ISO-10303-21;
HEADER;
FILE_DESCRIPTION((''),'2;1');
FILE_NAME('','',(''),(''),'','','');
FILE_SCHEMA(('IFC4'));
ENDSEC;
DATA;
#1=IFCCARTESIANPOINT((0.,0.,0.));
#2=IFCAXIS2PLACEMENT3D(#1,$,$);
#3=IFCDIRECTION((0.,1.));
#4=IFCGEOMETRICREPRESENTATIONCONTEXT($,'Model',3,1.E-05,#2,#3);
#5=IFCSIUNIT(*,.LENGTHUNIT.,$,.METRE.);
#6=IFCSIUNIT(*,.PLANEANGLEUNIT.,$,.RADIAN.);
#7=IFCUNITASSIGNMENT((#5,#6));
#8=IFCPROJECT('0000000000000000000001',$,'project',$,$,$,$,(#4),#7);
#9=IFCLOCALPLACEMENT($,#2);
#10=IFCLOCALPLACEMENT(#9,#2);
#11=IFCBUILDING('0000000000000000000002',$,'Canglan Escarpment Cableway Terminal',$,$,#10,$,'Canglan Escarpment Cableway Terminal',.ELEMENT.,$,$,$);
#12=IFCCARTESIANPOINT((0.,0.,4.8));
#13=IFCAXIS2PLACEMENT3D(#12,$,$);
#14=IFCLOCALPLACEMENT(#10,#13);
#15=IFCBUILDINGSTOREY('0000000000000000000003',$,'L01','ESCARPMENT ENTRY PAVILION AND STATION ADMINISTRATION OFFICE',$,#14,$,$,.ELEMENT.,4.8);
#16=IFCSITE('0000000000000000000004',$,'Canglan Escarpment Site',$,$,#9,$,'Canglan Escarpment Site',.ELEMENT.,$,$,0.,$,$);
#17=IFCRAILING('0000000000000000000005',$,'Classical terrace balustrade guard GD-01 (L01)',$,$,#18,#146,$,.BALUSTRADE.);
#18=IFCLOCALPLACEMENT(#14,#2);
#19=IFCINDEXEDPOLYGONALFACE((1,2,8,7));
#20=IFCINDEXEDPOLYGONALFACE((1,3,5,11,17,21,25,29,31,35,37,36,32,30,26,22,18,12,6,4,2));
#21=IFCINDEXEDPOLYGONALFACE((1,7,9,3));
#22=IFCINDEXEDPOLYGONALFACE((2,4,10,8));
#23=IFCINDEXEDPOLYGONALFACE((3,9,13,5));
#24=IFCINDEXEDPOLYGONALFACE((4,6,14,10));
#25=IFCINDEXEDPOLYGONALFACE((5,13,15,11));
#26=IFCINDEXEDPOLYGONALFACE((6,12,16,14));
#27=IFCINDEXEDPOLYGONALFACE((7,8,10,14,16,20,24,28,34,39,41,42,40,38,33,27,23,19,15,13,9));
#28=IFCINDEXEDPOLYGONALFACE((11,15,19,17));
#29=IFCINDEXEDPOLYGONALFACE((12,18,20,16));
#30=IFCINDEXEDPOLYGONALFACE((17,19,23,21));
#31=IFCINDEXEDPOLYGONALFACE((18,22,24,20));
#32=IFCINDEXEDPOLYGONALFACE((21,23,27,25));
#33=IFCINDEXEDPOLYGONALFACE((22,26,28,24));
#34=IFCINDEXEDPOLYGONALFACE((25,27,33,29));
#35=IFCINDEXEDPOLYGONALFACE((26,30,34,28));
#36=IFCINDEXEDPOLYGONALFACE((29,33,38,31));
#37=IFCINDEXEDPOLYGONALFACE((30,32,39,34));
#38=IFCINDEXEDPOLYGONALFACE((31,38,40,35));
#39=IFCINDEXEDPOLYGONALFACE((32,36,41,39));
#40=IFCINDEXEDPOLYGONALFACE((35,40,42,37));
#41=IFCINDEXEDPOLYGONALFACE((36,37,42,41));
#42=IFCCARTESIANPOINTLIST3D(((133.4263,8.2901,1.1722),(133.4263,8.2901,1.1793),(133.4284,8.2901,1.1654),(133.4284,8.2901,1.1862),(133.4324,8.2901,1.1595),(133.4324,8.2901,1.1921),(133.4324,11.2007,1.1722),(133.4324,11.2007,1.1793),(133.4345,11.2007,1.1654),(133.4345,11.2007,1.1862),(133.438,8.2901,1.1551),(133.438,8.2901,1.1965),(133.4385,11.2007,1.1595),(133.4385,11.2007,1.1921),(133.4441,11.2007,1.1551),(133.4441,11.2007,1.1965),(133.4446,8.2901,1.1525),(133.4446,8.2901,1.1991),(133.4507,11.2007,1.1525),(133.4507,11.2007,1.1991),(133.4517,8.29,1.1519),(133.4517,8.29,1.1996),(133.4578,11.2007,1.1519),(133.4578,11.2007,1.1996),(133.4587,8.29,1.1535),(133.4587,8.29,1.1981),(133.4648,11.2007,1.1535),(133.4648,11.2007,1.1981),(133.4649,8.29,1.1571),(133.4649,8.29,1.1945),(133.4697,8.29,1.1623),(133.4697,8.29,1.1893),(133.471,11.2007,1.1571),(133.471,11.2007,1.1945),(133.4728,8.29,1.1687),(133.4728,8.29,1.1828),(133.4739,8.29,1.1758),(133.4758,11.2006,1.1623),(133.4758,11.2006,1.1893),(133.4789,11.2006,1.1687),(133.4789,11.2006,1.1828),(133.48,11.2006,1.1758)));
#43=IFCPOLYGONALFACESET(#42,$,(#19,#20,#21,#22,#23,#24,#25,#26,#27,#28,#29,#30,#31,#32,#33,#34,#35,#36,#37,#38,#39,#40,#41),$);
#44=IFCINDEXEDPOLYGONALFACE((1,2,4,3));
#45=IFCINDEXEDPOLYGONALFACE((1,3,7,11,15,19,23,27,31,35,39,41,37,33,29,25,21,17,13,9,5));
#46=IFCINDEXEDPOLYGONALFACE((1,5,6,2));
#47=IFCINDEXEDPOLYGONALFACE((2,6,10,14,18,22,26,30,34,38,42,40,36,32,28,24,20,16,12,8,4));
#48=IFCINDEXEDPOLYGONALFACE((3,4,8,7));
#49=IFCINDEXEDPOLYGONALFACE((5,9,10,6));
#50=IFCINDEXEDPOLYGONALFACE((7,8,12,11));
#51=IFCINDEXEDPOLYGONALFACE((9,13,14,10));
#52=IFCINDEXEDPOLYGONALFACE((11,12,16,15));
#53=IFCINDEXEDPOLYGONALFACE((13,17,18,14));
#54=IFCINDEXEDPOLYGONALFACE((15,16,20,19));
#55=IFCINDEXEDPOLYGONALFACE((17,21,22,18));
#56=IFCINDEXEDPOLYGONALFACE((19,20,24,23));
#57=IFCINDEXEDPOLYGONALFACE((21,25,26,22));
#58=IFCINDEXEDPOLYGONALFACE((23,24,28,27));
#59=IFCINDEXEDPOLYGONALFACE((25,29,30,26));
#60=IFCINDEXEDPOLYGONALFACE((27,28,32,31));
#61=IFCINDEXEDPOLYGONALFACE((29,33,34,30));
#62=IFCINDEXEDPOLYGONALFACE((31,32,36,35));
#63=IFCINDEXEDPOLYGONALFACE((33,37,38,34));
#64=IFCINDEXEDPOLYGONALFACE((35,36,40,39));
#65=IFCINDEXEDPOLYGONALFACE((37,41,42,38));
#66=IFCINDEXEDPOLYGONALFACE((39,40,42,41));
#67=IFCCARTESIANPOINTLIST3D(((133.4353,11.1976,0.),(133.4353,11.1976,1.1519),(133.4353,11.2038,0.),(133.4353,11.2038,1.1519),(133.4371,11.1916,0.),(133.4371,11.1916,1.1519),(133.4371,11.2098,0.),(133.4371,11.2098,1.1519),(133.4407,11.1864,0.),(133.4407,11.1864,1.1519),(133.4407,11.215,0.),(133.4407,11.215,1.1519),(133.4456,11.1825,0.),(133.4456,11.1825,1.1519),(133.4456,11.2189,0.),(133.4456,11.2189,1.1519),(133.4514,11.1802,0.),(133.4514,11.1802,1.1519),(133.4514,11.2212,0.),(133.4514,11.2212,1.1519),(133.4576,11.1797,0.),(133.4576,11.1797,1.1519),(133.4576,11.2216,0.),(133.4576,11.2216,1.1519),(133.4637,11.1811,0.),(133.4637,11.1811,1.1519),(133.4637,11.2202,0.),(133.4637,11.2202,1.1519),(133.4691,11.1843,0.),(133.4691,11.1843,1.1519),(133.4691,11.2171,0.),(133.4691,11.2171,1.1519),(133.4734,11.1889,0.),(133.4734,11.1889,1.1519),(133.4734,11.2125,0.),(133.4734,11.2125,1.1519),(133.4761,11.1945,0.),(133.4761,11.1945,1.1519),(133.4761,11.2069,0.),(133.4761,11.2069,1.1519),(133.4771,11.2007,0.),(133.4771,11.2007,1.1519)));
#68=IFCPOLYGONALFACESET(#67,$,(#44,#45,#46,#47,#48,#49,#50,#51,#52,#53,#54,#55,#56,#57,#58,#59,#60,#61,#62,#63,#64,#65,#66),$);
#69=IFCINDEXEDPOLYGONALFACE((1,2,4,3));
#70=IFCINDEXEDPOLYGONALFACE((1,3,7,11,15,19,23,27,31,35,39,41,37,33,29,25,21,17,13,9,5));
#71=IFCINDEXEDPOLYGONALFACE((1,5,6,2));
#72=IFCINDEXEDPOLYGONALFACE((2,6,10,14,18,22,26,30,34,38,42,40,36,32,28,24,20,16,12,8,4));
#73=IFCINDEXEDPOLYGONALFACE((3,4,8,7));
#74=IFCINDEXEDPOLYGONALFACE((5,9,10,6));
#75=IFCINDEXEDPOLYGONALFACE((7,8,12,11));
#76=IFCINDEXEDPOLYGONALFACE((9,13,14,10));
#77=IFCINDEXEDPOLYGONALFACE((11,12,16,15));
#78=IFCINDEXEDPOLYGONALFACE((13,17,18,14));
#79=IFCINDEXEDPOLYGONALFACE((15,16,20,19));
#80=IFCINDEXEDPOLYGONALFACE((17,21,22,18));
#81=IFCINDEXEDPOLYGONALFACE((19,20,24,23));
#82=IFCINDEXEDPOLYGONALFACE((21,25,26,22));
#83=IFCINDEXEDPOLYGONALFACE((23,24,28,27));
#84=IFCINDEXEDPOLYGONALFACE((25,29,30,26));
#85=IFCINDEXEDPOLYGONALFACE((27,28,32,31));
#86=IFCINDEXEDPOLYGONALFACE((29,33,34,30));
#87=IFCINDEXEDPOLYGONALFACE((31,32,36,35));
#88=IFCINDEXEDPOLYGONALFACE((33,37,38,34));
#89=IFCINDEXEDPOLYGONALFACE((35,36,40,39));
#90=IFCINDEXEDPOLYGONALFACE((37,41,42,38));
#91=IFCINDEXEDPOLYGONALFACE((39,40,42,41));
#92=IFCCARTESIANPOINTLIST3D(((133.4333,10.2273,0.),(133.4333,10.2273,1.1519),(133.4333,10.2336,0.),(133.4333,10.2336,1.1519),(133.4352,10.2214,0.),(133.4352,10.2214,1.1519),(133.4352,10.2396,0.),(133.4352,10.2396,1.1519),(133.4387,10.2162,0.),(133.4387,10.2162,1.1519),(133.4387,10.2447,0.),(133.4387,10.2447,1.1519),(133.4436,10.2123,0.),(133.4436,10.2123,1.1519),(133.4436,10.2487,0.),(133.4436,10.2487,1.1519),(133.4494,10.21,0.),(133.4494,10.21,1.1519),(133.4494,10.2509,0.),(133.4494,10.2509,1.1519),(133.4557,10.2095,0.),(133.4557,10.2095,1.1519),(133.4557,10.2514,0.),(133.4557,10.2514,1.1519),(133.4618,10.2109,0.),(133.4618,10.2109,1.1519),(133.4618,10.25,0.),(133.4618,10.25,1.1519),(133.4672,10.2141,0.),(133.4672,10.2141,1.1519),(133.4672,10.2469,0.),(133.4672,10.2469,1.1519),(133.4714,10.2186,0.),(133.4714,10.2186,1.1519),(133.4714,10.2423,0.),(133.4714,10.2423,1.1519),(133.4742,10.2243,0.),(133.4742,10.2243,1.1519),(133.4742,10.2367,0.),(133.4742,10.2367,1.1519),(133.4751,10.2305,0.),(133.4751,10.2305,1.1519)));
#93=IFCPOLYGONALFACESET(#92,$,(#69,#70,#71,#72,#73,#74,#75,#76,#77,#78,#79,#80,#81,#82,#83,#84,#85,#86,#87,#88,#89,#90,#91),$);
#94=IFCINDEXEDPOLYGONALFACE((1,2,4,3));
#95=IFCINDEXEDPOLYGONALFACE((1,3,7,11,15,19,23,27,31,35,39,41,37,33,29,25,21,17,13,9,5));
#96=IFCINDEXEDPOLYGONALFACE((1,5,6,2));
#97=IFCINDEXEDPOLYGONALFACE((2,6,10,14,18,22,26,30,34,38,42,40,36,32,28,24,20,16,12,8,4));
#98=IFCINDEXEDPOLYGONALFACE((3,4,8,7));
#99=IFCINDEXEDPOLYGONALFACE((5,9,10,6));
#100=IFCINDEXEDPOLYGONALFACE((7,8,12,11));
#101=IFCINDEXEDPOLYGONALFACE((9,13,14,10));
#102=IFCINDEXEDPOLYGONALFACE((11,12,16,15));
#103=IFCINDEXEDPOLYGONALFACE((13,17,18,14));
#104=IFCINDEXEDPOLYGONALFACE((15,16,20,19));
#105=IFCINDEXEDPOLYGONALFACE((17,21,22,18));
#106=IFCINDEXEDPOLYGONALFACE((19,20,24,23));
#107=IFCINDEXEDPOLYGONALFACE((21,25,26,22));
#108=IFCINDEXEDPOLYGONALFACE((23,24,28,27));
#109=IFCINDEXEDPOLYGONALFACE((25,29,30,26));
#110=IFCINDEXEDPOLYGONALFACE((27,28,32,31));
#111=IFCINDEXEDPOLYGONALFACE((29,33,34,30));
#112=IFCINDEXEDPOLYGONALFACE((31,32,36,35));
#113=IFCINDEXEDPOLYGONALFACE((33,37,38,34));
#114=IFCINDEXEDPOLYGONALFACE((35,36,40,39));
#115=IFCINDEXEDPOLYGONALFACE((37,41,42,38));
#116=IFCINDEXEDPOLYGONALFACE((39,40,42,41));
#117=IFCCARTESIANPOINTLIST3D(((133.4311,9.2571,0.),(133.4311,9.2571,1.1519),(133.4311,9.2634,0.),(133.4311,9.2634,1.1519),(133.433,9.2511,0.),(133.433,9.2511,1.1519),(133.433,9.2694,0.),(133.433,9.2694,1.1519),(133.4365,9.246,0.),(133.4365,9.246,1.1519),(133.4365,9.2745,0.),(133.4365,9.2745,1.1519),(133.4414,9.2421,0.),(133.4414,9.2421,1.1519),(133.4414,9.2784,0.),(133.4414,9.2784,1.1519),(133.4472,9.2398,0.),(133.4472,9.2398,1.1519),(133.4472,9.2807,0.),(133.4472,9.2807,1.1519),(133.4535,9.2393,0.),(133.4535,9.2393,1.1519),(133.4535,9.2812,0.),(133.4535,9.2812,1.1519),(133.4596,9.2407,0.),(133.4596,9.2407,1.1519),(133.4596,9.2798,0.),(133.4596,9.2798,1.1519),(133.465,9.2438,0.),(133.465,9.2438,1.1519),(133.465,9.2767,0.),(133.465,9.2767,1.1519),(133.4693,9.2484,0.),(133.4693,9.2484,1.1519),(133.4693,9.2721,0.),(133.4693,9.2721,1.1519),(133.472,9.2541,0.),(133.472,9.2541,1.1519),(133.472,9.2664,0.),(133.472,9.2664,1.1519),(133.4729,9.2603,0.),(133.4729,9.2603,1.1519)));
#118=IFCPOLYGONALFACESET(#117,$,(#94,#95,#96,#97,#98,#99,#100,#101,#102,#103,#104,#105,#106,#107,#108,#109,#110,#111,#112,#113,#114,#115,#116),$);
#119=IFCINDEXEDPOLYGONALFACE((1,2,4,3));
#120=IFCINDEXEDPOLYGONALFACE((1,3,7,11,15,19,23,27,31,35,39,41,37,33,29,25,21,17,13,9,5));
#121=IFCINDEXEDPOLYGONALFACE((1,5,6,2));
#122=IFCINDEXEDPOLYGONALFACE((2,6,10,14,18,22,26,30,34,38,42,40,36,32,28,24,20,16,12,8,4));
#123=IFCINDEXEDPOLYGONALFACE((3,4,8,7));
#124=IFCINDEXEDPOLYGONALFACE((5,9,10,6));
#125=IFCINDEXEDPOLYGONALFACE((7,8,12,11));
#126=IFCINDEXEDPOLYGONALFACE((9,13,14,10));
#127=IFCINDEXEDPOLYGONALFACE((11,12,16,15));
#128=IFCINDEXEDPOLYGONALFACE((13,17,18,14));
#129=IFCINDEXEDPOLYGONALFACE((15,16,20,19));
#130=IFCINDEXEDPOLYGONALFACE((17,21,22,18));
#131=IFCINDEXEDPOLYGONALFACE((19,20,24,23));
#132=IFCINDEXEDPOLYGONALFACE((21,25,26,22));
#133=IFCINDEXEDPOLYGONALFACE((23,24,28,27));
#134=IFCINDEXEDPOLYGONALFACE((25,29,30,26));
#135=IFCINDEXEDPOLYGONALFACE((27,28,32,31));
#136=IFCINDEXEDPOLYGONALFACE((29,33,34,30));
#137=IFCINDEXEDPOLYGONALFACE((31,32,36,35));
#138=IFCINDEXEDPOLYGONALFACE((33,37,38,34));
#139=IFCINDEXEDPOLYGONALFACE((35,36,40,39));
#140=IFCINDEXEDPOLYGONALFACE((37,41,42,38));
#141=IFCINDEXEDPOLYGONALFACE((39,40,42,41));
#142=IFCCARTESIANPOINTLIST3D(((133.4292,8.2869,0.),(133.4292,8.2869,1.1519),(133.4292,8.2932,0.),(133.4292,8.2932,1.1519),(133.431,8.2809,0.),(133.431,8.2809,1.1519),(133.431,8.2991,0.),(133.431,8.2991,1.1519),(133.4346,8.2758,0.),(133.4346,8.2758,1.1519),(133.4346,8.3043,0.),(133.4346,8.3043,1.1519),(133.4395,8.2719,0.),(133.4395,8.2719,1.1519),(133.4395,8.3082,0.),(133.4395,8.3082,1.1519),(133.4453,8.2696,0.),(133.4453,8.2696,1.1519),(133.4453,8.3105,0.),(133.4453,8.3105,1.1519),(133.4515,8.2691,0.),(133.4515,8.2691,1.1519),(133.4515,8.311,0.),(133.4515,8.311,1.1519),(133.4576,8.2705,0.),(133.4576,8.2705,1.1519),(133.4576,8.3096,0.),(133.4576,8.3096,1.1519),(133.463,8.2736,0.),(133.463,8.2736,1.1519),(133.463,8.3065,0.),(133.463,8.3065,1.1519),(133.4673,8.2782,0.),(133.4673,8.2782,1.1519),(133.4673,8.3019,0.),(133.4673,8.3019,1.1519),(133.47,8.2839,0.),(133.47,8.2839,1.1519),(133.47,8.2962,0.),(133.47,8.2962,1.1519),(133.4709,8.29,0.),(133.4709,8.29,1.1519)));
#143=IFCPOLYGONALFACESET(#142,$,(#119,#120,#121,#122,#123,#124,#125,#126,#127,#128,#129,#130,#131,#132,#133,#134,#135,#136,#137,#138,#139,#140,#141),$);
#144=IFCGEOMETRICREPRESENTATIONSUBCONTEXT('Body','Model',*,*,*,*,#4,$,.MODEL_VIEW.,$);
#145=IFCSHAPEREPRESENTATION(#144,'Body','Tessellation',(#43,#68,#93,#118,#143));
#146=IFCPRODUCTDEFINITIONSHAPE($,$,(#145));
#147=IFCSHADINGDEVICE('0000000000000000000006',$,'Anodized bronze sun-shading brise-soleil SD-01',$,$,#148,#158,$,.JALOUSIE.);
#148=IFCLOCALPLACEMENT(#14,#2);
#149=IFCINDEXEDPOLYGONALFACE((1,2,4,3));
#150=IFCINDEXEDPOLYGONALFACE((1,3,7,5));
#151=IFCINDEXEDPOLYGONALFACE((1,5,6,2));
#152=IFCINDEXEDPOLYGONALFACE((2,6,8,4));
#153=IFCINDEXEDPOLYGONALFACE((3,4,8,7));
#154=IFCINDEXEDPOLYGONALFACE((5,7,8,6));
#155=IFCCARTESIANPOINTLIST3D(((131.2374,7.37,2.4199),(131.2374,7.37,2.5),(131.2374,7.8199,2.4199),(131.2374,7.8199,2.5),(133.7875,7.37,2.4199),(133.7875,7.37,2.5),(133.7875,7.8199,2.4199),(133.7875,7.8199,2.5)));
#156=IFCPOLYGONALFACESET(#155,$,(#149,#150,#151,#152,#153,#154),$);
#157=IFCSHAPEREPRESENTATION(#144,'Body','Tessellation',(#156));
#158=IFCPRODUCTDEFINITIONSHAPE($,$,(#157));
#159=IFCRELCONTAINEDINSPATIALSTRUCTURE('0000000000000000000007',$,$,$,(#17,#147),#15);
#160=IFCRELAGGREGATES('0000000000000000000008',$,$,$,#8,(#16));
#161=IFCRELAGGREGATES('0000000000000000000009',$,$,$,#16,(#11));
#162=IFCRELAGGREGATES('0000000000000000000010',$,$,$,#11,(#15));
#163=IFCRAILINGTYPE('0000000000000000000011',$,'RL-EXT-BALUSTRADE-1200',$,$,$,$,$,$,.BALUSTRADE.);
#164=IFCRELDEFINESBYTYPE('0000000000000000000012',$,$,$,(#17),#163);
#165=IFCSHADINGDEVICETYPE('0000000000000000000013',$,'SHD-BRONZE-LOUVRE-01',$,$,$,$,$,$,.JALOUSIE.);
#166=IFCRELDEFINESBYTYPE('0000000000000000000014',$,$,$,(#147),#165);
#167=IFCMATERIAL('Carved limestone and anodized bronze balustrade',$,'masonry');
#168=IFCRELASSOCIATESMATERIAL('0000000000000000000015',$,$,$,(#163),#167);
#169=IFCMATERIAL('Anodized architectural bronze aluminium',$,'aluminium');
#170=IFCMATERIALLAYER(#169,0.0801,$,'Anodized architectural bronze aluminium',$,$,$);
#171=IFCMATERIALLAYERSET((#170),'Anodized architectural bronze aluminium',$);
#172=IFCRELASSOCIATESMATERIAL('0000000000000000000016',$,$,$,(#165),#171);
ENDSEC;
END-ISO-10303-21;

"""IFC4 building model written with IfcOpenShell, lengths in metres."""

from ifc_helpers import new_model, si_unit, direction, frame, origin, origin_2d, place, context, subcontext, project, spatial, rectangle, circle, extrude, material, layer, layer_set, type_object, element, save


model = new_model("IFC4")

# Units and contexts
model_context = context("Model", 3, precision=1e-05, world=origin(), true_north=direction((0.0, 1.0)))
body_context = subcontext(model_context, "Body", "Model", "MODEL_VIEW")
ifc_project = project(units=[si_unit("LENGTHUNIT", "METRE"), si_unit("PLANEANGLEUNIT", "RADIAN")], contexts=[model_context])

# Site, building, storey
site_placement = place(None, origin())
site = spatial("IfcSite", under=ifc_project, at=site_placement, Name="Canglan Escarpment Site", LongName="Canglan Escarpment Site", CompositionType="ELEMENT", RefElevation=0.0)
building_placement = place(site_placement, origin())
building = spatial("IfcBuilding", under=site, at=building_placement, Name="Canglan Escarpment Cableway Terminal", LongName="Canglan Escarpment Cableway Terminal", CompositionType="ELEMENT")
storey_placement = place(building_placement, frame((0.0, 0.0, 4.8)))
storey = spatial("IfcBuildingStorey", under=building, at=storey_placement, Name="L01", Description="ESCARPMENT ENTRY PAVILION AND STATION ADMINISTRATION OFFICE", CompositionType="ELEMENT", Elevation=4.8)

# Railing
ifc_material_1 = material(Name="Carved limestone and anodized bronze balustrade", Category="masonry")
railing_type = type_object("IfcRailingType", Name="RL-EXT-BALUSTRADE-1200", PredefinedType="BALUSTRADE", material=ifc_material_1)
railing_1_placement = place(storey_placement, frame((133.4561, 11.2007, 0.0)))
element("IfcRailing", 1, at=railing_1_placement, inside=storey, type_object=railing_type, Name="Classical terrace balustrade guard GD-01 (L01)", PredefinedType="BALUSTRADE", context=body_context, shape_type="SweptSolid", body=[
    extrude(circle(Radius=0.0239, at=origin_2d()), frame((0.0, 0.0, 1.1758), z_axis=(-0.002097, -0.999998, 0.0), x_axis=(0.999998, -0.002097, 0.0)), (0.0, 0.0, 1.0), 2.9106),
    extrude(circle(Radius=0.021, at=origin_2d()), origin(), (0.0, 0.0, 1.0), 1.1519),
    extrude(circle(Radius=0.021, at=origin_2d()), frame((-0.002, -0.9702, 0.0)), (0.0, 0.0, 1.0), 1.1519),
    extrude(circle(Radius=0.021, at=origin_2d()), frame((-0.0042, -1.9404, 0.0)), (0.0, 0.0, 1.0), 1.1519),
    extrude(circle(Radius=0.021, at=origin_2d()), frame((-0.0061, -2.9106, 0.0)), (0.0, 0.0, 1.0), 1.1519),
])

# Shading device
ifc_material_2 = material(Name="Anodized architectural bronze aluminium", Category="aluminium")
ifc_layer_1 = layer(ifc_material_2, 0.0801, Name="Anodized architectural bronze aluminium")
ifc_layer_set_1 = layer_set([ifc_layer_1], Name="Anodized architectural bronze aluminium")
shading_device_type = type_object("IfcShadingDeviceType", Name="SHD-BRONZE-LOUVRE-01", PredefinedType="JALOUSIE", material=ifc_layer_set_1)
shading_device_placement = place(storey_placement, frame((132.5125, 7.595, 2.4199), z_axis=(0.0, 0.0, 1.0), x_axis=(1.0, 0.0, 0.0)))
element("IfcShadingDevice", 2, at=shading_device_placement, inside=storey, type_object=shading_device_type, Name="Anodized bronze sun-shading brise-soleil SD-01", PredefinedType="JALOUSIE", context=body_context, shape_type="SweptSolid", body=[
    extrude(rectangle(XDim=2.55, YDim=0.45, at=origin_2d()), origin(), (0.0, 0.0, 1.0), 0.0801),
])

save(model, "model.ifc")
